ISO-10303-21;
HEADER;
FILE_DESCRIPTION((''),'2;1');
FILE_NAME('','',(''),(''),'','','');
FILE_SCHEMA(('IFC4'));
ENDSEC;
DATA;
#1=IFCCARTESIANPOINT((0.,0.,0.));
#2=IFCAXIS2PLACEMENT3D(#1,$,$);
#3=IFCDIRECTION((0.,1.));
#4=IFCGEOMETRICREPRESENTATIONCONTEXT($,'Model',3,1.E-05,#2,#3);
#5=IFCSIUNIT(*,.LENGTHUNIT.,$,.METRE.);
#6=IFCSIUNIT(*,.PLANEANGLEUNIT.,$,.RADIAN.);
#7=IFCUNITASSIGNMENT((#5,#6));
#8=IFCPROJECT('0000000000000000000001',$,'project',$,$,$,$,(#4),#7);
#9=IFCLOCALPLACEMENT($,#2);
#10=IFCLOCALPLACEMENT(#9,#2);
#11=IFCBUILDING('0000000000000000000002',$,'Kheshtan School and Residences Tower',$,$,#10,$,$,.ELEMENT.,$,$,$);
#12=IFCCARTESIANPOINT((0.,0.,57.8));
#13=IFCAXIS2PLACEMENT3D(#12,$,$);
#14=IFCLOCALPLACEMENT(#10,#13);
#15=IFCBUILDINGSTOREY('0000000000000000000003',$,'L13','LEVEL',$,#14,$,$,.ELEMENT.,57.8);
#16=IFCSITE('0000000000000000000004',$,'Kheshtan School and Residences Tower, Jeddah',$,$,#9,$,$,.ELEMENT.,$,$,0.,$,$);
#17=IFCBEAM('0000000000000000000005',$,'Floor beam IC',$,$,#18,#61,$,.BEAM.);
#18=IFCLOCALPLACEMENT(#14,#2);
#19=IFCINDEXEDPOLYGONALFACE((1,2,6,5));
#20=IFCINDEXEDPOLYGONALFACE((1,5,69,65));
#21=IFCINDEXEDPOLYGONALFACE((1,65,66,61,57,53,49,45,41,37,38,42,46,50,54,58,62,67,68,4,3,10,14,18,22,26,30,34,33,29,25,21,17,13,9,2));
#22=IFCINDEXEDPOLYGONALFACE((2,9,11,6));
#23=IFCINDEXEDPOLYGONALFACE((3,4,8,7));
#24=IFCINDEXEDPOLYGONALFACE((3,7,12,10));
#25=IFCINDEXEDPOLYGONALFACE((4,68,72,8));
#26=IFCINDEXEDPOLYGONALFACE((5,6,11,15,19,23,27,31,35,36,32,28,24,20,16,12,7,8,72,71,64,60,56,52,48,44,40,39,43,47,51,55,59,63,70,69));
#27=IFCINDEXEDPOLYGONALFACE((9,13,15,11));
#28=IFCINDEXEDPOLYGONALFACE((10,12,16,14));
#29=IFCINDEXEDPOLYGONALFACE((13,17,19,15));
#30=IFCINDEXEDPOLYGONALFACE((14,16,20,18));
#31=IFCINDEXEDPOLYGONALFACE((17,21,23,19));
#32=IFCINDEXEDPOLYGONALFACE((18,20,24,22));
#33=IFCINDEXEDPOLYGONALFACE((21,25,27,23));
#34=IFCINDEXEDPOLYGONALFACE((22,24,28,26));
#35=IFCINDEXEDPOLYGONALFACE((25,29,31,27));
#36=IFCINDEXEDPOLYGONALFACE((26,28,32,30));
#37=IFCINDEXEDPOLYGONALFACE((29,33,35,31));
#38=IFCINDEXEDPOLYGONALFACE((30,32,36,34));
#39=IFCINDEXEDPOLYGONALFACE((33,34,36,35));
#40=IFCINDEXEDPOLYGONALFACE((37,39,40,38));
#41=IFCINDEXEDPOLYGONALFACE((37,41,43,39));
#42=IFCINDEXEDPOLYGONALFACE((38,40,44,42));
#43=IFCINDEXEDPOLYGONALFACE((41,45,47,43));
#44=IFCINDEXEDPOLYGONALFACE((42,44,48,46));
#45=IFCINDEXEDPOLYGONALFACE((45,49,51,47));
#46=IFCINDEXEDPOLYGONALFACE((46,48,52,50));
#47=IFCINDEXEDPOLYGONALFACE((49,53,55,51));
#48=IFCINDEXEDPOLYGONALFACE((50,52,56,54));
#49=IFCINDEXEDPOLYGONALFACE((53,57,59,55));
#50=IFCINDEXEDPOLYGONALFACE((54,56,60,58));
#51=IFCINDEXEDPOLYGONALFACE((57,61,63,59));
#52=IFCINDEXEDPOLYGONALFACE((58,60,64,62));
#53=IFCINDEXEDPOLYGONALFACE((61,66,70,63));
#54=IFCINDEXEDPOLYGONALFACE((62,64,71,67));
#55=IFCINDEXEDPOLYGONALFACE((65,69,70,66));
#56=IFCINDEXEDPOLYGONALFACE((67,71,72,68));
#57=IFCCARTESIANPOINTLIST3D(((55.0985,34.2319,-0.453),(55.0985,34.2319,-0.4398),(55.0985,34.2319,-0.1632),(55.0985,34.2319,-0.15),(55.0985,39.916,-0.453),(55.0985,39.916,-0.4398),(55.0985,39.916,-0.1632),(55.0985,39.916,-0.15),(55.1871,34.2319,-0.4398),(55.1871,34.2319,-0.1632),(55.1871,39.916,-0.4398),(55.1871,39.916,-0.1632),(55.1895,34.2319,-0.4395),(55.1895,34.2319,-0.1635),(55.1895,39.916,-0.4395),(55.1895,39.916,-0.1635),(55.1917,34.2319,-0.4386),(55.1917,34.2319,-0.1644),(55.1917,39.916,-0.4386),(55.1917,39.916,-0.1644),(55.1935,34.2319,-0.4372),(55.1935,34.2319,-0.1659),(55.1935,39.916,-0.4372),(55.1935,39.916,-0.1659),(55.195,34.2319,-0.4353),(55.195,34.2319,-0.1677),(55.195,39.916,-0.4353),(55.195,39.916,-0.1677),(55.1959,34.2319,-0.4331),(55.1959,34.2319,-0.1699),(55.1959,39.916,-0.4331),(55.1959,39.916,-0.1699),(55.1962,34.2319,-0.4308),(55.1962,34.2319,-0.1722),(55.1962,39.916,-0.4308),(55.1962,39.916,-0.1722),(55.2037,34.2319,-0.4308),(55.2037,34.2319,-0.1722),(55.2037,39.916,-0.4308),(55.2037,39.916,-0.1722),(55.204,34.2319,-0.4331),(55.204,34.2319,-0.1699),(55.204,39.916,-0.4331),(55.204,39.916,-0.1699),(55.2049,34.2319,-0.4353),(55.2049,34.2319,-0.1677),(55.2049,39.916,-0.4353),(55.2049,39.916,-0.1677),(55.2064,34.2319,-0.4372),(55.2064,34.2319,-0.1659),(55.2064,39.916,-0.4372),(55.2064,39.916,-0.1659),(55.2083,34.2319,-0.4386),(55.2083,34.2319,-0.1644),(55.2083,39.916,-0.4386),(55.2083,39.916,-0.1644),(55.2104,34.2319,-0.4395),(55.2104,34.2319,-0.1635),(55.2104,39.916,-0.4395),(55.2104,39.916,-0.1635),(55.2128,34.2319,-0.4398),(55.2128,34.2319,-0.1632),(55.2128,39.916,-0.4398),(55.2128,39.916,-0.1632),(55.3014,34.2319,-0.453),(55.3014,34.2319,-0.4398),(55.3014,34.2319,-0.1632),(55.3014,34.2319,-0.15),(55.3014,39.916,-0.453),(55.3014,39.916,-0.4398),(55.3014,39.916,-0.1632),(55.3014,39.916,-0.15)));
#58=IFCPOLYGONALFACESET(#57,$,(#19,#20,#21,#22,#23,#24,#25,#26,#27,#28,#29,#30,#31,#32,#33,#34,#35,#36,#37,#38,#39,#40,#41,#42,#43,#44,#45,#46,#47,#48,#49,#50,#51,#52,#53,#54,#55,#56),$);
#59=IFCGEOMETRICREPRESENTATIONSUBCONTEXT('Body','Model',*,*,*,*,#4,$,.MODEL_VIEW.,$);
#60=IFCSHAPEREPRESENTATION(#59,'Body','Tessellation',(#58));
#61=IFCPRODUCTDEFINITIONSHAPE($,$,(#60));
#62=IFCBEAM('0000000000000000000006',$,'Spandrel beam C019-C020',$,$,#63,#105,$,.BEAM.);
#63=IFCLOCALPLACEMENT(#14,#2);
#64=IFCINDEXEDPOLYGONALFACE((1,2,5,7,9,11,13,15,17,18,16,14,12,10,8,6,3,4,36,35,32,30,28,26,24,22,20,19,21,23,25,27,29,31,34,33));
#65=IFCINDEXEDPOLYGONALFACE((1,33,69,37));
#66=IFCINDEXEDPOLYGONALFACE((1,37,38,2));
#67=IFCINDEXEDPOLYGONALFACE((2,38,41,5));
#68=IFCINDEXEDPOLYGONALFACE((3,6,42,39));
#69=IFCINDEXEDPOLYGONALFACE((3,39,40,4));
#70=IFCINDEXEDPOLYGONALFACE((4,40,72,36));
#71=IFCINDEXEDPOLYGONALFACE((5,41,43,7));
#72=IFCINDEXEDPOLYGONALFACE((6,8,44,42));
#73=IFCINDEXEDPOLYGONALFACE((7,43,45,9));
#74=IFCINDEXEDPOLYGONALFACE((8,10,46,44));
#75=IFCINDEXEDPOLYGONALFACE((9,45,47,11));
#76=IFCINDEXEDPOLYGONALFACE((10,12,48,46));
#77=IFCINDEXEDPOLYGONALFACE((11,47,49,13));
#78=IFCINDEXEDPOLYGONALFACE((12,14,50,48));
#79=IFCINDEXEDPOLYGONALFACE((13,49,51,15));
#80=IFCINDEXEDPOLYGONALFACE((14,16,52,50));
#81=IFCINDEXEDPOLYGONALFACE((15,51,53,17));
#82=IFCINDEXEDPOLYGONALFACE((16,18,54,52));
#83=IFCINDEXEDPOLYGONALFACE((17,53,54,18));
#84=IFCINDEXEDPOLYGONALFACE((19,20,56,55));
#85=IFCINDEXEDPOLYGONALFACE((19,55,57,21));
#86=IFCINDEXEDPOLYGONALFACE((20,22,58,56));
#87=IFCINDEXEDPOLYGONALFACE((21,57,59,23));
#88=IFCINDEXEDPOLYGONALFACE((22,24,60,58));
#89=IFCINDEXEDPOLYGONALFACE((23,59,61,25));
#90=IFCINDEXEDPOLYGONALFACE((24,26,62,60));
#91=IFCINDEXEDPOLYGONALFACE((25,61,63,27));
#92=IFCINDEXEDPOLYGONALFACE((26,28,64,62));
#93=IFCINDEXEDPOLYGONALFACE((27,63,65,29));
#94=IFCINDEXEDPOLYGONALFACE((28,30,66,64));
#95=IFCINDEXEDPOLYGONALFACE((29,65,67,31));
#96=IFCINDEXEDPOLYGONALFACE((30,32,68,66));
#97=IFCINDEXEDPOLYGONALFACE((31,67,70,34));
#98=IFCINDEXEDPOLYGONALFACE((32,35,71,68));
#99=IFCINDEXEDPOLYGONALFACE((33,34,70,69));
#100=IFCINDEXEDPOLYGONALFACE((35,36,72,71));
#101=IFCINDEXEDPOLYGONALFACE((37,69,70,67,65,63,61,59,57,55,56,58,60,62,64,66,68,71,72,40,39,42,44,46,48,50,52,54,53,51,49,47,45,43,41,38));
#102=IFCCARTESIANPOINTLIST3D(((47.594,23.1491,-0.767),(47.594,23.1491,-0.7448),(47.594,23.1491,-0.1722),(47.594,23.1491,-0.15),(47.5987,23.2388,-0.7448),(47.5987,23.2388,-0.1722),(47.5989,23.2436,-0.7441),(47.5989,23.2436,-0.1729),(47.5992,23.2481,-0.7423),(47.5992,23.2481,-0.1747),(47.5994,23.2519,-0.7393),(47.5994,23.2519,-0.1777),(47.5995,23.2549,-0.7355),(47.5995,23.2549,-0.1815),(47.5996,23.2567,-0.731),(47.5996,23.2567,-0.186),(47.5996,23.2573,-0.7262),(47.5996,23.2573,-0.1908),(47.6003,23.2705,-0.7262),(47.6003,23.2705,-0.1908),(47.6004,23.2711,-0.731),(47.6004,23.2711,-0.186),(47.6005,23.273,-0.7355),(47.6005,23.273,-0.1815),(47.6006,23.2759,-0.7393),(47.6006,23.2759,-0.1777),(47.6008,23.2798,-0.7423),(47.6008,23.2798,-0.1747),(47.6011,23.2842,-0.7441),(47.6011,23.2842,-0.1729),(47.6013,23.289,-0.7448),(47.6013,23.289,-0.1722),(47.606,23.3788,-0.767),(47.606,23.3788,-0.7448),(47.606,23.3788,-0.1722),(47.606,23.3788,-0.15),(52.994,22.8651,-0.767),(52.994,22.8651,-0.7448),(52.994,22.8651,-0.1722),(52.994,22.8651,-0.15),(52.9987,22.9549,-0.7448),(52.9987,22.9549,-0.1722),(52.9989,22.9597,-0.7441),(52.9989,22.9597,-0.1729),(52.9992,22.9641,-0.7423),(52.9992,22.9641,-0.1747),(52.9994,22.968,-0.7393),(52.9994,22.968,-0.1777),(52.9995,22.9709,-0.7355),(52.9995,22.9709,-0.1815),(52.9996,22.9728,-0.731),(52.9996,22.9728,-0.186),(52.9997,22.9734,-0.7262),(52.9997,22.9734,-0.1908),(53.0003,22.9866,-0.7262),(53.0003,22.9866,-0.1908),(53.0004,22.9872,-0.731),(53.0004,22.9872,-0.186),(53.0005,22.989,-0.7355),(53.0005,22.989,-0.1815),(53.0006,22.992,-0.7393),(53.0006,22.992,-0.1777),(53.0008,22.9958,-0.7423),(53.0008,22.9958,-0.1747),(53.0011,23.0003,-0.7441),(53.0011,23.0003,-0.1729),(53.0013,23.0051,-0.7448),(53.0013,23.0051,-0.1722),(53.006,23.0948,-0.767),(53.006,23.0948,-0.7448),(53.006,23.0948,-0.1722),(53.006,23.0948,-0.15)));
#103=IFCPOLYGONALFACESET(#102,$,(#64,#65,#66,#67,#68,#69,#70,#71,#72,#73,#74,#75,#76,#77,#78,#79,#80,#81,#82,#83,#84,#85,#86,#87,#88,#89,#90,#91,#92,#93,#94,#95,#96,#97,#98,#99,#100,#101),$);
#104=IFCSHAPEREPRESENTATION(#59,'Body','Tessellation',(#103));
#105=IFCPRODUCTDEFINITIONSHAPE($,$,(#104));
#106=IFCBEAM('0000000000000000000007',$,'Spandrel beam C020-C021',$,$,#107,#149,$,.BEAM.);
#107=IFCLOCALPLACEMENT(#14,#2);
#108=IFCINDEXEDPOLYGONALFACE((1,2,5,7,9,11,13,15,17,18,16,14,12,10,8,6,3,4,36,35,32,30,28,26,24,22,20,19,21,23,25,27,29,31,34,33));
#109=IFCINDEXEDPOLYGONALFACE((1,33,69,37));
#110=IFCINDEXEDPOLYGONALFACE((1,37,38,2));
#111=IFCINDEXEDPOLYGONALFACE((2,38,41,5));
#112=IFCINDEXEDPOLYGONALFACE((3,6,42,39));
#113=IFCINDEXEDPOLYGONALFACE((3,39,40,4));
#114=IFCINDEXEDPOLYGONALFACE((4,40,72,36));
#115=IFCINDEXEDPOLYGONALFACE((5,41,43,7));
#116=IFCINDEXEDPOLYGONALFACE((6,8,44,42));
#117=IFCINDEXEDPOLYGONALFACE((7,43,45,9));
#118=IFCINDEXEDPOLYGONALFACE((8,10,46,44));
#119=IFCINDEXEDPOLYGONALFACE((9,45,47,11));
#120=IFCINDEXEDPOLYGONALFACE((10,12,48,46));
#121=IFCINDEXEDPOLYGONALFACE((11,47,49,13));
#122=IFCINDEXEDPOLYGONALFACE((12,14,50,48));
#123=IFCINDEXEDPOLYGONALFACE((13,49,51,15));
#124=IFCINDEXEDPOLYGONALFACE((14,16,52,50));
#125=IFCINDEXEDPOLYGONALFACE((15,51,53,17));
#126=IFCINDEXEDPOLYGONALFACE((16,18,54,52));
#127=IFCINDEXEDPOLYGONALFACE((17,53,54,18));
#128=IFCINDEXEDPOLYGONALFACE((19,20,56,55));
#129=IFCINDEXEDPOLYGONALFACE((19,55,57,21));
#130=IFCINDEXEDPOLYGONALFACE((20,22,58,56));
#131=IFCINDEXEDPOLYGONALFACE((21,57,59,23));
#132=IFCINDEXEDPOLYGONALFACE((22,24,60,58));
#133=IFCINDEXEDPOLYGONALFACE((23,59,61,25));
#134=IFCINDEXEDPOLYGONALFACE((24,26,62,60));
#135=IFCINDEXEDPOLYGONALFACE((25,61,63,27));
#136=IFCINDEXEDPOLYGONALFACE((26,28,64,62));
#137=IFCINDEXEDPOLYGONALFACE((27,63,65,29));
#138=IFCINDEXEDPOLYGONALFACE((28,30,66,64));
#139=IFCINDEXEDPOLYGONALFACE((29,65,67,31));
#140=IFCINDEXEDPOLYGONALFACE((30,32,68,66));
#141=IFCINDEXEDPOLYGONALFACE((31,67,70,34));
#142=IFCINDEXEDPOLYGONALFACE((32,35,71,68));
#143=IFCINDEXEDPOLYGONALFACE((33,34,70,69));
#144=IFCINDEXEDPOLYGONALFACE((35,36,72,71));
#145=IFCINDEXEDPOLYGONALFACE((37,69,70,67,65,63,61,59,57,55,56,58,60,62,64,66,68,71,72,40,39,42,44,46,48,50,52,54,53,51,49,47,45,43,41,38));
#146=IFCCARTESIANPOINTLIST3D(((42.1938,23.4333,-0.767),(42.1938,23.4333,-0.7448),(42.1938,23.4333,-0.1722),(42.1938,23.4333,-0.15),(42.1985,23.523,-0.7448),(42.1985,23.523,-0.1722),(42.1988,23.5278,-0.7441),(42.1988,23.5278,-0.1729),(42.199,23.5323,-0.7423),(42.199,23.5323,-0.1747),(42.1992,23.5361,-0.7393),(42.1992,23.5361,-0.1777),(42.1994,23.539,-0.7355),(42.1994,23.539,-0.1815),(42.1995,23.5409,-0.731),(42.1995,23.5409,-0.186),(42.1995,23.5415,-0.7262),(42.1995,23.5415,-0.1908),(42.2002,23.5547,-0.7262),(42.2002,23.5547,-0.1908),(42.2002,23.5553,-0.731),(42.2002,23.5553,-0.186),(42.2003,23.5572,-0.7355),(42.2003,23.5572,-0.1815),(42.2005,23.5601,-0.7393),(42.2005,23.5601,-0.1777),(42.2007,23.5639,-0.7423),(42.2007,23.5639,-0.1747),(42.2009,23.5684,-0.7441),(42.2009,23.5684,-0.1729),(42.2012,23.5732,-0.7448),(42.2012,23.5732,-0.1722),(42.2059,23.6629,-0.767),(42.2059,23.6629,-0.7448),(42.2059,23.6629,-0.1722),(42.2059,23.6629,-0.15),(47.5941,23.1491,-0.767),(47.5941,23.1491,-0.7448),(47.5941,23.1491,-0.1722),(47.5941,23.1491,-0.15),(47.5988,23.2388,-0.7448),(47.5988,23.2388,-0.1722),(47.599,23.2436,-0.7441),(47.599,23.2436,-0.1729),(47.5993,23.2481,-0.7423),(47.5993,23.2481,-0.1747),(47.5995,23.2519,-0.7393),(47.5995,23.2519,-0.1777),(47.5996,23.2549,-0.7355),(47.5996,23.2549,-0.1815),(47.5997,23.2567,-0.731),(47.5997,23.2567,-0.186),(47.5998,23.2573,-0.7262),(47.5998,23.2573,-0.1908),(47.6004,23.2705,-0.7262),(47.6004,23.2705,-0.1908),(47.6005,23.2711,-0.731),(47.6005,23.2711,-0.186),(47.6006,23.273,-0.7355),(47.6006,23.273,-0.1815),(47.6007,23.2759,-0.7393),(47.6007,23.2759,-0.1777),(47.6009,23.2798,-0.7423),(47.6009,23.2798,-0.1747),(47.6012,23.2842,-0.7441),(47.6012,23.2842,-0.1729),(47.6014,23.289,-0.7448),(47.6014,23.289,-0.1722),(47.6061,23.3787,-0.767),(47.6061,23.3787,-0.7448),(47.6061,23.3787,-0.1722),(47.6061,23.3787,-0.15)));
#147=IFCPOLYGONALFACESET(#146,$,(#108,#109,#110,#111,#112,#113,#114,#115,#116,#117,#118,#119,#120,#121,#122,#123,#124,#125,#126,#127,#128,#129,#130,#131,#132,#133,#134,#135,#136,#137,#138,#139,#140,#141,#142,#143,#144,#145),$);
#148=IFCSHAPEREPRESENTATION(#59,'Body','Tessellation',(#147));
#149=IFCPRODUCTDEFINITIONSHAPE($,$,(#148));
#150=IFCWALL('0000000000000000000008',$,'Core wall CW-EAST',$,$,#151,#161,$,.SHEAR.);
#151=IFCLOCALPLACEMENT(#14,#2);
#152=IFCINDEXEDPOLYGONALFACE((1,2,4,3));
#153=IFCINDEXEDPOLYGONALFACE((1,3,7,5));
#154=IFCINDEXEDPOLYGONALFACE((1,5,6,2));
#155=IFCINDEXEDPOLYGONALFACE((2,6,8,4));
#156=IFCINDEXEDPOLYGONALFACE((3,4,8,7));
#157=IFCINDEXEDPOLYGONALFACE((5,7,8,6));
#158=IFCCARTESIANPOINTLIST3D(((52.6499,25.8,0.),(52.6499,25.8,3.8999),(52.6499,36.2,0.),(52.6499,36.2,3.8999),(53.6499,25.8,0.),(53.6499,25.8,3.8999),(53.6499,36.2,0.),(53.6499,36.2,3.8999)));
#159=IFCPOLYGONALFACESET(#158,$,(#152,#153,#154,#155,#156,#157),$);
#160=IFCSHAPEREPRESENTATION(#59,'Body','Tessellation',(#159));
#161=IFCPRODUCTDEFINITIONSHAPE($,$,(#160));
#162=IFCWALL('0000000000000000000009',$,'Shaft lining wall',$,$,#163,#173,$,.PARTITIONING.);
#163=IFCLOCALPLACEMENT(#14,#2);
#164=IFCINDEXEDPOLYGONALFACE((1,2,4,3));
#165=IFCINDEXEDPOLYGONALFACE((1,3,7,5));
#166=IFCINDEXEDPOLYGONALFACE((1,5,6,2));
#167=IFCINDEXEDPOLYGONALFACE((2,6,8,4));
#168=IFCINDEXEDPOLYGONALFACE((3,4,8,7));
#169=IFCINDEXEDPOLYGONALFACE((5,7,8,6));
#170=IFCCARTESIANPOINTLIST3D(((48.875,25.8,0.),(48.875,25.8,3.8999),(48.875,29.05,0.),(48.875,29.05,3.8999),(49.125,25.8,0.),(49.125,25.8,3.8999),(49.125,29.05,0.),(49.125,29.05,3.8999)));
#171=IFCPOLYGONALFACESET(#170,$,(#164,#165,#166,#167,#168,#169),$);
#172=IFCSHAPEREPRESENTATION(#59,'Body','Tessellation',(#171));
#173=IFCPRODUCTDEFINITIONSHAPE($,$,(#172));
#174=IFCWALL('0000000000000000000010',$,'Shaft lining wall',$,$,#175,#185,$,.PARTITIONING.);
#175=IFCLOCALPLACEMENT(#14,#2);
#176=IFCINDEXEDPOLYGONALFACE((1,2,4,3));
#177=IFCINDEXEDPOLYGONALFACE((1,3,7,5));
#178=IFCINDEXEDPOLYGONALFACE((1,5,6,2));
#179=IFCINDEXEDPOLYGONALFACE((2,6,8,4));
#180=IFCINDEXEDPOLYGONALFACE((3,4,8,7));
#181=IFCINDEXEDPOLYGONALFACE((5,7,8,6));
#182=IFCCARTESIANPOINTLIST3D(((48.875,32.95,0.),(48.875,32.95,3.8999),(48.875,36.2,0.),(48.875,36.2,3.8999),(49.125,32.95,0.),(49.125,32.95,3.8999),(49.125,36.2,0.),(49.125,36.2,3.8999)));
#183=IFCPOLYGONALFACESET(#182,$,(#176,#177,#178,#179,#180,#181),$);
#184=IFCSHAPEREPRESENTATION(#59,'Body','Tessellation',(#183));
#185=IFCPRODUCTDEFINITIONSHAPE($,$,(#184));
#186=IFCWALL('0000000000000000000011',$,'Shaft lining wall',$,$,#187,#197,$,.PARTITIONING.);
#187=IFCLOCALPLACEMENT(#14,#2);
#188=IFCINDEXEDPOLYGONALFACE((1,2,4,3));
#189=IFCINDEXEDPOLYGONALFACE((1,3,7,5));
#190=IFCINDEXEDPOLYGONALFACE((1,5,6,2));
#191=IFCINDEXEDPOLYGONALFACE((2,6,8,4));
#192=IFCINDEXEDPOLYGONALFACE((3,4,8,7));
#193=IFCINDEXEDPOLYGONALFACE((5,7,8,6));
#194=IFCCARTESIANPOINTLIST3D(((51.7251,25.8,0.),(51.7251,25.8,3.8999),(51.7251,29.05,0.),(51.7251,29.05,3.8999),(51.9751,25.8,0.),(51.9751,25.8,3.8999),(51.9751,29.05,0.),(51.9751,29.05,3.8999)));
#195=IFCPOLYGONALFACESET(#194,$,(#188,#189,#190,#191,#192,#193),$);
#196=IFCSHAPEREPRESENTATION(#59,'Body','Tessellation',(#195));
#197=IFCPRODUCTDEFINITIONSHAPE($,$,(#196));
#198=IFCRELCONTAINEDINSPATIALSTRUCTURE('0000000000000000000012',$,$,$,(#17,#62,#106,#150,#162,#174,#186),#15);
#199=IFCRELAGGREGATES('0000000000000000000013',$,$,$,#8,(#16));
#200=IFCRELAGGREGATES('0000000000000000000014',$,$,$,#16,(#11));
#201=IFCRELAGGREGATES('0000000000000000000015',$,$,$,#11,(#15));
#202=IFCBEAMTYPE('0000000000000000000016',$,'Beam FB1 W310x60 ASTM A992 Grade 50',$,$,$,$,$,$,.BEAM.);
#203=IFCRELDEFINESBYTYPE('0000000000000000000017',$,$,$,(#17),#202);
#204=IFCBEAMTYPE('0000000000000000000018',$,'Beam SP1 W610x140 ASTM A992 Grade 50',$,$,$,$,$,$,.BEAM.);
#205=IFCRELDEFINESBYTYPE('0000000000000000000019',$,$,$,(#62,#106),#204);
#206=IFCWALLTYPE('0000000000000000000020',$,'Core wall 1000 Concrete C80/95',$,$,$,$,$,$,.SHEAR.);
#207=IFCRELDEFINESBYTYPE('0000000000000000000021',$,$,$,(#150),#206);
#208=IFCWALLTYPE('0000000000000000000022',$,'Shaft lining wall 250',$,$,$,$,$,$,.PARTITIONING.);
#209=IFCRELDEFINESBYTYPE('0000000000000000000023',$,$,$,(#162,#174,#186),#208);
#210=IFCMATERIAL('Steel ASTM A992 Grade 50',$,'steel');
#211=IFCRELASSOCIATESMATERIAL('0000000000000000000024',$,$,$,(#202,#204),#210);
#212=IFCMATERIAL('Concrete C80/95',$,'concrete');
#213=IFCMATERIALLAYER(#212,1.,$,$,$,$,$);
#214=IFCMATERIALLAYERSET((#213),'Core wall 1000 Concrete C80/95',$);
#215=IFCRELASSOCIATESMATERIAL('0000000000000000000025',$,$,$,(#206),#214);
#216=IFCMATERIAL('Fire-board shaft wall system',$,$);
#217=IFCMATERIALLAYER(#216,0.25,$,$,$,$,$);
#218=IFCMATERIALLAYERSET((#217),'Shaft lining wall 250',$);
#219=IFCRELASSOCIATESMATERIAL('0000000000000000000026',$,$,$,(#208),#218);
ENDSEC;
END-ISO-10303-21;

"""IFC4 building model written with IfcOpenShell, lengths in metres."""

from ifc_helpers import new_model, si_unit, direction, frame, frame_2d, origin, origin_2d, place, context, subcontext, project, spatial, rectangle, i_section, extrude, material, layer, layer_set, material_profile, profile_set, type_object, element, save


model = new_model("IFC4")

# Units and contexts
model_context = context("Model", 3, precision=1e-05, world=origin(), true_north=direction((0.0, 1.0)))
body_context = subcontext(model_context, "Body", "Model", "MODEL_VIEW")
ifc_project = project(units=[si_unit("LENGTHUNIT", "METRE"), si_unit("PLANEANGLEUNIT", "RADIAN")], contexts=[model_context])

# Site, building, storey
site_placement = place(None, origin())
site = spatial("IfcSite", under=ifc_project, at=site_placement, Name="Kheshtan School and Residences Tower, Jeddah", CompositionType="ELEMENT", RefElevation=0.0)
building_placement = place(site_placement, origin())
building = spatial("IfcBuilding", under=site, at=building_placement, Name="Kheshtan School and Residences Tower", CompositionType="ELEMENT")
storey_placement = place(building_placement, frame((0.0, 0.0, 57.8)))
storey = spatial("IfcBuildingStorey", under=building, at=storey_placement, Name="L13", Description="LEVEL", CompositionType="ELEMENT", Elevation=57.8)

# Shared definitions
ifc_material_1 = material(Name="Steel ASTM A992 Grade 50", Category="steel")

# Beams
ifc_material_profile_1 = material_profile(ifc_material_1, i_section(OverallWidth=0.2029, OverallDepth=0.303, WebThickness=0.0076, FlangeThickness=0.0132, FilletRadius=0.009, at=origin_2d()), Name="W310x60")
ifc_profile_set_1 = profile_set([ifc_material_profile_1], Name="Steel ASTM A992 Grade 50")
beam_type_1 = type_object("IfcBeamType", Name="Beam FB1 W310x60 ASTM A992 Grade 50", PredefinedType="BEAM", material=ifc_profile_set_1)
beam_1_placement = place(storey_placement, frame((55.2, 34.2319, -0.3015), z_axis=(0.0, 1.0, 0.0), x_axis=(-1.0, 0.0, 0.0)))
element("IfcBeam", 1, at=beam_1_placement, inside=storey, type_object=beam_type_1, Name="Floor beam IC", PredefinedType="BEAM", context=body_context, shape_type="SweptSolid", body=[
    extrude(i_section(OverallWidth=0.2029, OverallDepth=0.303, WebThickness=0.0076, FlangeThickness=0.0132, FilletRadius=0.009, at=origin_2d()), origin(), (0.0, 0.0, 1.0), 5.6841),
])
ifc_material_profile_2 = material_profile(ifc_material_1, i_section(OverallWidth=0.23, OverallDepth=0.6169, WebThickness=0.0132, FlangeThickness=0.0222, FilletRadius=0.0186, at=origin_2d()), Name="W610x140")
ifc_profile_set_2 = profile_set([ifc_material_profile_2], Name="Steel ASTM A992 Grade 50")
beam_type_2 = type_object("IfcBeamType", Name="Beam SP1 W610x140 ASTM A992 Grade 50", PredefinedType="BEAM", material=ifc_profile_set_2)
beam_2_placement = place(storey_placement, frame((53.0, 22.98, -0.4585), z_axis=(-0.99862, 0.052509, 0.0), x_axis=(-0.052509, -0.99862, 0.0)))
element("IfcBeam", 2, at=beam_2_placement, inside=storey, type_object=beam_type_2, Name="Spandrel beam C019-C020", PredefinedType="BEAM", context=body_context, shape_type="SweptSolid", body=[
    extrude(i_section(OverallWidth=0.23, OverallDepth=0.6169, WebThickness=0.0132, FlangeThickness=0.0222, FilletRadius=0.0186, at=origin_2d()), origin(), (0.0, 0.0, 1.0), 5.4075),
])
beam_3_placement = place(storey_placement, frame((47.6001, 23.2639, -0.4585), z_axis=(-0.998618, 0.052552, 0.0), x_axis=(-0.052552, -0.998618, 0.0)))
element("IfcBeam", 3, at=beam_3_placement, inside=storey, type_object=beam_type_2, Name="Spandrel beam C020-C021", PredefinedType="BEAM", context=body_context, shape_type="SweptSolid", body=[
    extrude(i_section(OverallWidth=0.23, OverallDepth=0.6169, WebThickness=0.0132, FlangeThickness=0.0222, FilletRadius=0.0186, at=origin_2d()), origin(), (0.0, 0.0, 1.0), 5.4077),
])

# Walls
ifc_material_2 = material(Name="Concrete C80/95", Category="concrete")
ifc_layer_1 = layer(ifc_material_2, 1.0)
ifc_layer_set_1 = layer_set([ifc_layer_1], Name="Core wall 1000 Concrete C80/95")
wall_type_1 = type_object("IfcWallType", Name="Core wall 1000 Concrete C80/95", PredefinedType="SHEAR", material=ifc_layer_set_1)
wall_1_placement = place(storey_placement, frame((53.1499, 25.8, 0.0), z_axis=(0.0, 0.0, 1.0), x_axis=(0.0, 1.0, 0.0)))
element("IfcWall", 4, at=wall_1_placement, inside=storey, type_object=wall_type_1, Name="Core wall CW-EAST", PredefinedType="SHEAR", context=body_context, shape_type="SweptSolid", body=[
    extrude(rectangle(XDim=10.3999, YDim=1.0, at=frame_2d((5.2, 0.0))), origin(), (0.0, 0.0, 1.0), 3.8999),
])
ifc_material_3 = material(Name="Fire-board shaft wall system")
ifc_layer_2 = layer(ifc_material_3, 0.25)
ifc_layer_set_2 = layer_set([ifc_layer_2], Name="Shaft lining wall 250")
wall_type_2 = type_object("IfcWallType", Name="Shaft lining wall 250", PredefinedType="PARTITIONING", material=ifc_layer_set_2)
for number, where, z_axis, x_axis, name in (
    (5, (49.0, 25.8, 0.0), (0.0, 0.0, 1.0), (0.0, 1.0, 0.0), "Shaft lining wall"),
    (6, (49.0, 32.95, 0.0), (0.0, 0.0, 1.0), (0.0, 1.0, 0.0), "Shaft lining wall"),
    (7, (51.8501, 25.8, 0.0), (0.0, 0.0, 1.0), (0.0, 1.0, 0.0), "Shaft lining wall"),
):
    element("IfcWall", number, at=place(storey_placement, frame(where, z_axis=z_axis, x_axis=x_axis)), inside=storey, type_object=wall_type_2, Name=name, PredefinedType="PARTITIONING", context=body_context, shape_type="SweptSolid", body=[
        extrude(rectangle(XDim=3.25, YDim=0.25, at=frame_2d((1.625, 0.0))), origin(), (0.0, 0.0, 1.0), 3.8999),
    ])

save(model, "model.ifc")
